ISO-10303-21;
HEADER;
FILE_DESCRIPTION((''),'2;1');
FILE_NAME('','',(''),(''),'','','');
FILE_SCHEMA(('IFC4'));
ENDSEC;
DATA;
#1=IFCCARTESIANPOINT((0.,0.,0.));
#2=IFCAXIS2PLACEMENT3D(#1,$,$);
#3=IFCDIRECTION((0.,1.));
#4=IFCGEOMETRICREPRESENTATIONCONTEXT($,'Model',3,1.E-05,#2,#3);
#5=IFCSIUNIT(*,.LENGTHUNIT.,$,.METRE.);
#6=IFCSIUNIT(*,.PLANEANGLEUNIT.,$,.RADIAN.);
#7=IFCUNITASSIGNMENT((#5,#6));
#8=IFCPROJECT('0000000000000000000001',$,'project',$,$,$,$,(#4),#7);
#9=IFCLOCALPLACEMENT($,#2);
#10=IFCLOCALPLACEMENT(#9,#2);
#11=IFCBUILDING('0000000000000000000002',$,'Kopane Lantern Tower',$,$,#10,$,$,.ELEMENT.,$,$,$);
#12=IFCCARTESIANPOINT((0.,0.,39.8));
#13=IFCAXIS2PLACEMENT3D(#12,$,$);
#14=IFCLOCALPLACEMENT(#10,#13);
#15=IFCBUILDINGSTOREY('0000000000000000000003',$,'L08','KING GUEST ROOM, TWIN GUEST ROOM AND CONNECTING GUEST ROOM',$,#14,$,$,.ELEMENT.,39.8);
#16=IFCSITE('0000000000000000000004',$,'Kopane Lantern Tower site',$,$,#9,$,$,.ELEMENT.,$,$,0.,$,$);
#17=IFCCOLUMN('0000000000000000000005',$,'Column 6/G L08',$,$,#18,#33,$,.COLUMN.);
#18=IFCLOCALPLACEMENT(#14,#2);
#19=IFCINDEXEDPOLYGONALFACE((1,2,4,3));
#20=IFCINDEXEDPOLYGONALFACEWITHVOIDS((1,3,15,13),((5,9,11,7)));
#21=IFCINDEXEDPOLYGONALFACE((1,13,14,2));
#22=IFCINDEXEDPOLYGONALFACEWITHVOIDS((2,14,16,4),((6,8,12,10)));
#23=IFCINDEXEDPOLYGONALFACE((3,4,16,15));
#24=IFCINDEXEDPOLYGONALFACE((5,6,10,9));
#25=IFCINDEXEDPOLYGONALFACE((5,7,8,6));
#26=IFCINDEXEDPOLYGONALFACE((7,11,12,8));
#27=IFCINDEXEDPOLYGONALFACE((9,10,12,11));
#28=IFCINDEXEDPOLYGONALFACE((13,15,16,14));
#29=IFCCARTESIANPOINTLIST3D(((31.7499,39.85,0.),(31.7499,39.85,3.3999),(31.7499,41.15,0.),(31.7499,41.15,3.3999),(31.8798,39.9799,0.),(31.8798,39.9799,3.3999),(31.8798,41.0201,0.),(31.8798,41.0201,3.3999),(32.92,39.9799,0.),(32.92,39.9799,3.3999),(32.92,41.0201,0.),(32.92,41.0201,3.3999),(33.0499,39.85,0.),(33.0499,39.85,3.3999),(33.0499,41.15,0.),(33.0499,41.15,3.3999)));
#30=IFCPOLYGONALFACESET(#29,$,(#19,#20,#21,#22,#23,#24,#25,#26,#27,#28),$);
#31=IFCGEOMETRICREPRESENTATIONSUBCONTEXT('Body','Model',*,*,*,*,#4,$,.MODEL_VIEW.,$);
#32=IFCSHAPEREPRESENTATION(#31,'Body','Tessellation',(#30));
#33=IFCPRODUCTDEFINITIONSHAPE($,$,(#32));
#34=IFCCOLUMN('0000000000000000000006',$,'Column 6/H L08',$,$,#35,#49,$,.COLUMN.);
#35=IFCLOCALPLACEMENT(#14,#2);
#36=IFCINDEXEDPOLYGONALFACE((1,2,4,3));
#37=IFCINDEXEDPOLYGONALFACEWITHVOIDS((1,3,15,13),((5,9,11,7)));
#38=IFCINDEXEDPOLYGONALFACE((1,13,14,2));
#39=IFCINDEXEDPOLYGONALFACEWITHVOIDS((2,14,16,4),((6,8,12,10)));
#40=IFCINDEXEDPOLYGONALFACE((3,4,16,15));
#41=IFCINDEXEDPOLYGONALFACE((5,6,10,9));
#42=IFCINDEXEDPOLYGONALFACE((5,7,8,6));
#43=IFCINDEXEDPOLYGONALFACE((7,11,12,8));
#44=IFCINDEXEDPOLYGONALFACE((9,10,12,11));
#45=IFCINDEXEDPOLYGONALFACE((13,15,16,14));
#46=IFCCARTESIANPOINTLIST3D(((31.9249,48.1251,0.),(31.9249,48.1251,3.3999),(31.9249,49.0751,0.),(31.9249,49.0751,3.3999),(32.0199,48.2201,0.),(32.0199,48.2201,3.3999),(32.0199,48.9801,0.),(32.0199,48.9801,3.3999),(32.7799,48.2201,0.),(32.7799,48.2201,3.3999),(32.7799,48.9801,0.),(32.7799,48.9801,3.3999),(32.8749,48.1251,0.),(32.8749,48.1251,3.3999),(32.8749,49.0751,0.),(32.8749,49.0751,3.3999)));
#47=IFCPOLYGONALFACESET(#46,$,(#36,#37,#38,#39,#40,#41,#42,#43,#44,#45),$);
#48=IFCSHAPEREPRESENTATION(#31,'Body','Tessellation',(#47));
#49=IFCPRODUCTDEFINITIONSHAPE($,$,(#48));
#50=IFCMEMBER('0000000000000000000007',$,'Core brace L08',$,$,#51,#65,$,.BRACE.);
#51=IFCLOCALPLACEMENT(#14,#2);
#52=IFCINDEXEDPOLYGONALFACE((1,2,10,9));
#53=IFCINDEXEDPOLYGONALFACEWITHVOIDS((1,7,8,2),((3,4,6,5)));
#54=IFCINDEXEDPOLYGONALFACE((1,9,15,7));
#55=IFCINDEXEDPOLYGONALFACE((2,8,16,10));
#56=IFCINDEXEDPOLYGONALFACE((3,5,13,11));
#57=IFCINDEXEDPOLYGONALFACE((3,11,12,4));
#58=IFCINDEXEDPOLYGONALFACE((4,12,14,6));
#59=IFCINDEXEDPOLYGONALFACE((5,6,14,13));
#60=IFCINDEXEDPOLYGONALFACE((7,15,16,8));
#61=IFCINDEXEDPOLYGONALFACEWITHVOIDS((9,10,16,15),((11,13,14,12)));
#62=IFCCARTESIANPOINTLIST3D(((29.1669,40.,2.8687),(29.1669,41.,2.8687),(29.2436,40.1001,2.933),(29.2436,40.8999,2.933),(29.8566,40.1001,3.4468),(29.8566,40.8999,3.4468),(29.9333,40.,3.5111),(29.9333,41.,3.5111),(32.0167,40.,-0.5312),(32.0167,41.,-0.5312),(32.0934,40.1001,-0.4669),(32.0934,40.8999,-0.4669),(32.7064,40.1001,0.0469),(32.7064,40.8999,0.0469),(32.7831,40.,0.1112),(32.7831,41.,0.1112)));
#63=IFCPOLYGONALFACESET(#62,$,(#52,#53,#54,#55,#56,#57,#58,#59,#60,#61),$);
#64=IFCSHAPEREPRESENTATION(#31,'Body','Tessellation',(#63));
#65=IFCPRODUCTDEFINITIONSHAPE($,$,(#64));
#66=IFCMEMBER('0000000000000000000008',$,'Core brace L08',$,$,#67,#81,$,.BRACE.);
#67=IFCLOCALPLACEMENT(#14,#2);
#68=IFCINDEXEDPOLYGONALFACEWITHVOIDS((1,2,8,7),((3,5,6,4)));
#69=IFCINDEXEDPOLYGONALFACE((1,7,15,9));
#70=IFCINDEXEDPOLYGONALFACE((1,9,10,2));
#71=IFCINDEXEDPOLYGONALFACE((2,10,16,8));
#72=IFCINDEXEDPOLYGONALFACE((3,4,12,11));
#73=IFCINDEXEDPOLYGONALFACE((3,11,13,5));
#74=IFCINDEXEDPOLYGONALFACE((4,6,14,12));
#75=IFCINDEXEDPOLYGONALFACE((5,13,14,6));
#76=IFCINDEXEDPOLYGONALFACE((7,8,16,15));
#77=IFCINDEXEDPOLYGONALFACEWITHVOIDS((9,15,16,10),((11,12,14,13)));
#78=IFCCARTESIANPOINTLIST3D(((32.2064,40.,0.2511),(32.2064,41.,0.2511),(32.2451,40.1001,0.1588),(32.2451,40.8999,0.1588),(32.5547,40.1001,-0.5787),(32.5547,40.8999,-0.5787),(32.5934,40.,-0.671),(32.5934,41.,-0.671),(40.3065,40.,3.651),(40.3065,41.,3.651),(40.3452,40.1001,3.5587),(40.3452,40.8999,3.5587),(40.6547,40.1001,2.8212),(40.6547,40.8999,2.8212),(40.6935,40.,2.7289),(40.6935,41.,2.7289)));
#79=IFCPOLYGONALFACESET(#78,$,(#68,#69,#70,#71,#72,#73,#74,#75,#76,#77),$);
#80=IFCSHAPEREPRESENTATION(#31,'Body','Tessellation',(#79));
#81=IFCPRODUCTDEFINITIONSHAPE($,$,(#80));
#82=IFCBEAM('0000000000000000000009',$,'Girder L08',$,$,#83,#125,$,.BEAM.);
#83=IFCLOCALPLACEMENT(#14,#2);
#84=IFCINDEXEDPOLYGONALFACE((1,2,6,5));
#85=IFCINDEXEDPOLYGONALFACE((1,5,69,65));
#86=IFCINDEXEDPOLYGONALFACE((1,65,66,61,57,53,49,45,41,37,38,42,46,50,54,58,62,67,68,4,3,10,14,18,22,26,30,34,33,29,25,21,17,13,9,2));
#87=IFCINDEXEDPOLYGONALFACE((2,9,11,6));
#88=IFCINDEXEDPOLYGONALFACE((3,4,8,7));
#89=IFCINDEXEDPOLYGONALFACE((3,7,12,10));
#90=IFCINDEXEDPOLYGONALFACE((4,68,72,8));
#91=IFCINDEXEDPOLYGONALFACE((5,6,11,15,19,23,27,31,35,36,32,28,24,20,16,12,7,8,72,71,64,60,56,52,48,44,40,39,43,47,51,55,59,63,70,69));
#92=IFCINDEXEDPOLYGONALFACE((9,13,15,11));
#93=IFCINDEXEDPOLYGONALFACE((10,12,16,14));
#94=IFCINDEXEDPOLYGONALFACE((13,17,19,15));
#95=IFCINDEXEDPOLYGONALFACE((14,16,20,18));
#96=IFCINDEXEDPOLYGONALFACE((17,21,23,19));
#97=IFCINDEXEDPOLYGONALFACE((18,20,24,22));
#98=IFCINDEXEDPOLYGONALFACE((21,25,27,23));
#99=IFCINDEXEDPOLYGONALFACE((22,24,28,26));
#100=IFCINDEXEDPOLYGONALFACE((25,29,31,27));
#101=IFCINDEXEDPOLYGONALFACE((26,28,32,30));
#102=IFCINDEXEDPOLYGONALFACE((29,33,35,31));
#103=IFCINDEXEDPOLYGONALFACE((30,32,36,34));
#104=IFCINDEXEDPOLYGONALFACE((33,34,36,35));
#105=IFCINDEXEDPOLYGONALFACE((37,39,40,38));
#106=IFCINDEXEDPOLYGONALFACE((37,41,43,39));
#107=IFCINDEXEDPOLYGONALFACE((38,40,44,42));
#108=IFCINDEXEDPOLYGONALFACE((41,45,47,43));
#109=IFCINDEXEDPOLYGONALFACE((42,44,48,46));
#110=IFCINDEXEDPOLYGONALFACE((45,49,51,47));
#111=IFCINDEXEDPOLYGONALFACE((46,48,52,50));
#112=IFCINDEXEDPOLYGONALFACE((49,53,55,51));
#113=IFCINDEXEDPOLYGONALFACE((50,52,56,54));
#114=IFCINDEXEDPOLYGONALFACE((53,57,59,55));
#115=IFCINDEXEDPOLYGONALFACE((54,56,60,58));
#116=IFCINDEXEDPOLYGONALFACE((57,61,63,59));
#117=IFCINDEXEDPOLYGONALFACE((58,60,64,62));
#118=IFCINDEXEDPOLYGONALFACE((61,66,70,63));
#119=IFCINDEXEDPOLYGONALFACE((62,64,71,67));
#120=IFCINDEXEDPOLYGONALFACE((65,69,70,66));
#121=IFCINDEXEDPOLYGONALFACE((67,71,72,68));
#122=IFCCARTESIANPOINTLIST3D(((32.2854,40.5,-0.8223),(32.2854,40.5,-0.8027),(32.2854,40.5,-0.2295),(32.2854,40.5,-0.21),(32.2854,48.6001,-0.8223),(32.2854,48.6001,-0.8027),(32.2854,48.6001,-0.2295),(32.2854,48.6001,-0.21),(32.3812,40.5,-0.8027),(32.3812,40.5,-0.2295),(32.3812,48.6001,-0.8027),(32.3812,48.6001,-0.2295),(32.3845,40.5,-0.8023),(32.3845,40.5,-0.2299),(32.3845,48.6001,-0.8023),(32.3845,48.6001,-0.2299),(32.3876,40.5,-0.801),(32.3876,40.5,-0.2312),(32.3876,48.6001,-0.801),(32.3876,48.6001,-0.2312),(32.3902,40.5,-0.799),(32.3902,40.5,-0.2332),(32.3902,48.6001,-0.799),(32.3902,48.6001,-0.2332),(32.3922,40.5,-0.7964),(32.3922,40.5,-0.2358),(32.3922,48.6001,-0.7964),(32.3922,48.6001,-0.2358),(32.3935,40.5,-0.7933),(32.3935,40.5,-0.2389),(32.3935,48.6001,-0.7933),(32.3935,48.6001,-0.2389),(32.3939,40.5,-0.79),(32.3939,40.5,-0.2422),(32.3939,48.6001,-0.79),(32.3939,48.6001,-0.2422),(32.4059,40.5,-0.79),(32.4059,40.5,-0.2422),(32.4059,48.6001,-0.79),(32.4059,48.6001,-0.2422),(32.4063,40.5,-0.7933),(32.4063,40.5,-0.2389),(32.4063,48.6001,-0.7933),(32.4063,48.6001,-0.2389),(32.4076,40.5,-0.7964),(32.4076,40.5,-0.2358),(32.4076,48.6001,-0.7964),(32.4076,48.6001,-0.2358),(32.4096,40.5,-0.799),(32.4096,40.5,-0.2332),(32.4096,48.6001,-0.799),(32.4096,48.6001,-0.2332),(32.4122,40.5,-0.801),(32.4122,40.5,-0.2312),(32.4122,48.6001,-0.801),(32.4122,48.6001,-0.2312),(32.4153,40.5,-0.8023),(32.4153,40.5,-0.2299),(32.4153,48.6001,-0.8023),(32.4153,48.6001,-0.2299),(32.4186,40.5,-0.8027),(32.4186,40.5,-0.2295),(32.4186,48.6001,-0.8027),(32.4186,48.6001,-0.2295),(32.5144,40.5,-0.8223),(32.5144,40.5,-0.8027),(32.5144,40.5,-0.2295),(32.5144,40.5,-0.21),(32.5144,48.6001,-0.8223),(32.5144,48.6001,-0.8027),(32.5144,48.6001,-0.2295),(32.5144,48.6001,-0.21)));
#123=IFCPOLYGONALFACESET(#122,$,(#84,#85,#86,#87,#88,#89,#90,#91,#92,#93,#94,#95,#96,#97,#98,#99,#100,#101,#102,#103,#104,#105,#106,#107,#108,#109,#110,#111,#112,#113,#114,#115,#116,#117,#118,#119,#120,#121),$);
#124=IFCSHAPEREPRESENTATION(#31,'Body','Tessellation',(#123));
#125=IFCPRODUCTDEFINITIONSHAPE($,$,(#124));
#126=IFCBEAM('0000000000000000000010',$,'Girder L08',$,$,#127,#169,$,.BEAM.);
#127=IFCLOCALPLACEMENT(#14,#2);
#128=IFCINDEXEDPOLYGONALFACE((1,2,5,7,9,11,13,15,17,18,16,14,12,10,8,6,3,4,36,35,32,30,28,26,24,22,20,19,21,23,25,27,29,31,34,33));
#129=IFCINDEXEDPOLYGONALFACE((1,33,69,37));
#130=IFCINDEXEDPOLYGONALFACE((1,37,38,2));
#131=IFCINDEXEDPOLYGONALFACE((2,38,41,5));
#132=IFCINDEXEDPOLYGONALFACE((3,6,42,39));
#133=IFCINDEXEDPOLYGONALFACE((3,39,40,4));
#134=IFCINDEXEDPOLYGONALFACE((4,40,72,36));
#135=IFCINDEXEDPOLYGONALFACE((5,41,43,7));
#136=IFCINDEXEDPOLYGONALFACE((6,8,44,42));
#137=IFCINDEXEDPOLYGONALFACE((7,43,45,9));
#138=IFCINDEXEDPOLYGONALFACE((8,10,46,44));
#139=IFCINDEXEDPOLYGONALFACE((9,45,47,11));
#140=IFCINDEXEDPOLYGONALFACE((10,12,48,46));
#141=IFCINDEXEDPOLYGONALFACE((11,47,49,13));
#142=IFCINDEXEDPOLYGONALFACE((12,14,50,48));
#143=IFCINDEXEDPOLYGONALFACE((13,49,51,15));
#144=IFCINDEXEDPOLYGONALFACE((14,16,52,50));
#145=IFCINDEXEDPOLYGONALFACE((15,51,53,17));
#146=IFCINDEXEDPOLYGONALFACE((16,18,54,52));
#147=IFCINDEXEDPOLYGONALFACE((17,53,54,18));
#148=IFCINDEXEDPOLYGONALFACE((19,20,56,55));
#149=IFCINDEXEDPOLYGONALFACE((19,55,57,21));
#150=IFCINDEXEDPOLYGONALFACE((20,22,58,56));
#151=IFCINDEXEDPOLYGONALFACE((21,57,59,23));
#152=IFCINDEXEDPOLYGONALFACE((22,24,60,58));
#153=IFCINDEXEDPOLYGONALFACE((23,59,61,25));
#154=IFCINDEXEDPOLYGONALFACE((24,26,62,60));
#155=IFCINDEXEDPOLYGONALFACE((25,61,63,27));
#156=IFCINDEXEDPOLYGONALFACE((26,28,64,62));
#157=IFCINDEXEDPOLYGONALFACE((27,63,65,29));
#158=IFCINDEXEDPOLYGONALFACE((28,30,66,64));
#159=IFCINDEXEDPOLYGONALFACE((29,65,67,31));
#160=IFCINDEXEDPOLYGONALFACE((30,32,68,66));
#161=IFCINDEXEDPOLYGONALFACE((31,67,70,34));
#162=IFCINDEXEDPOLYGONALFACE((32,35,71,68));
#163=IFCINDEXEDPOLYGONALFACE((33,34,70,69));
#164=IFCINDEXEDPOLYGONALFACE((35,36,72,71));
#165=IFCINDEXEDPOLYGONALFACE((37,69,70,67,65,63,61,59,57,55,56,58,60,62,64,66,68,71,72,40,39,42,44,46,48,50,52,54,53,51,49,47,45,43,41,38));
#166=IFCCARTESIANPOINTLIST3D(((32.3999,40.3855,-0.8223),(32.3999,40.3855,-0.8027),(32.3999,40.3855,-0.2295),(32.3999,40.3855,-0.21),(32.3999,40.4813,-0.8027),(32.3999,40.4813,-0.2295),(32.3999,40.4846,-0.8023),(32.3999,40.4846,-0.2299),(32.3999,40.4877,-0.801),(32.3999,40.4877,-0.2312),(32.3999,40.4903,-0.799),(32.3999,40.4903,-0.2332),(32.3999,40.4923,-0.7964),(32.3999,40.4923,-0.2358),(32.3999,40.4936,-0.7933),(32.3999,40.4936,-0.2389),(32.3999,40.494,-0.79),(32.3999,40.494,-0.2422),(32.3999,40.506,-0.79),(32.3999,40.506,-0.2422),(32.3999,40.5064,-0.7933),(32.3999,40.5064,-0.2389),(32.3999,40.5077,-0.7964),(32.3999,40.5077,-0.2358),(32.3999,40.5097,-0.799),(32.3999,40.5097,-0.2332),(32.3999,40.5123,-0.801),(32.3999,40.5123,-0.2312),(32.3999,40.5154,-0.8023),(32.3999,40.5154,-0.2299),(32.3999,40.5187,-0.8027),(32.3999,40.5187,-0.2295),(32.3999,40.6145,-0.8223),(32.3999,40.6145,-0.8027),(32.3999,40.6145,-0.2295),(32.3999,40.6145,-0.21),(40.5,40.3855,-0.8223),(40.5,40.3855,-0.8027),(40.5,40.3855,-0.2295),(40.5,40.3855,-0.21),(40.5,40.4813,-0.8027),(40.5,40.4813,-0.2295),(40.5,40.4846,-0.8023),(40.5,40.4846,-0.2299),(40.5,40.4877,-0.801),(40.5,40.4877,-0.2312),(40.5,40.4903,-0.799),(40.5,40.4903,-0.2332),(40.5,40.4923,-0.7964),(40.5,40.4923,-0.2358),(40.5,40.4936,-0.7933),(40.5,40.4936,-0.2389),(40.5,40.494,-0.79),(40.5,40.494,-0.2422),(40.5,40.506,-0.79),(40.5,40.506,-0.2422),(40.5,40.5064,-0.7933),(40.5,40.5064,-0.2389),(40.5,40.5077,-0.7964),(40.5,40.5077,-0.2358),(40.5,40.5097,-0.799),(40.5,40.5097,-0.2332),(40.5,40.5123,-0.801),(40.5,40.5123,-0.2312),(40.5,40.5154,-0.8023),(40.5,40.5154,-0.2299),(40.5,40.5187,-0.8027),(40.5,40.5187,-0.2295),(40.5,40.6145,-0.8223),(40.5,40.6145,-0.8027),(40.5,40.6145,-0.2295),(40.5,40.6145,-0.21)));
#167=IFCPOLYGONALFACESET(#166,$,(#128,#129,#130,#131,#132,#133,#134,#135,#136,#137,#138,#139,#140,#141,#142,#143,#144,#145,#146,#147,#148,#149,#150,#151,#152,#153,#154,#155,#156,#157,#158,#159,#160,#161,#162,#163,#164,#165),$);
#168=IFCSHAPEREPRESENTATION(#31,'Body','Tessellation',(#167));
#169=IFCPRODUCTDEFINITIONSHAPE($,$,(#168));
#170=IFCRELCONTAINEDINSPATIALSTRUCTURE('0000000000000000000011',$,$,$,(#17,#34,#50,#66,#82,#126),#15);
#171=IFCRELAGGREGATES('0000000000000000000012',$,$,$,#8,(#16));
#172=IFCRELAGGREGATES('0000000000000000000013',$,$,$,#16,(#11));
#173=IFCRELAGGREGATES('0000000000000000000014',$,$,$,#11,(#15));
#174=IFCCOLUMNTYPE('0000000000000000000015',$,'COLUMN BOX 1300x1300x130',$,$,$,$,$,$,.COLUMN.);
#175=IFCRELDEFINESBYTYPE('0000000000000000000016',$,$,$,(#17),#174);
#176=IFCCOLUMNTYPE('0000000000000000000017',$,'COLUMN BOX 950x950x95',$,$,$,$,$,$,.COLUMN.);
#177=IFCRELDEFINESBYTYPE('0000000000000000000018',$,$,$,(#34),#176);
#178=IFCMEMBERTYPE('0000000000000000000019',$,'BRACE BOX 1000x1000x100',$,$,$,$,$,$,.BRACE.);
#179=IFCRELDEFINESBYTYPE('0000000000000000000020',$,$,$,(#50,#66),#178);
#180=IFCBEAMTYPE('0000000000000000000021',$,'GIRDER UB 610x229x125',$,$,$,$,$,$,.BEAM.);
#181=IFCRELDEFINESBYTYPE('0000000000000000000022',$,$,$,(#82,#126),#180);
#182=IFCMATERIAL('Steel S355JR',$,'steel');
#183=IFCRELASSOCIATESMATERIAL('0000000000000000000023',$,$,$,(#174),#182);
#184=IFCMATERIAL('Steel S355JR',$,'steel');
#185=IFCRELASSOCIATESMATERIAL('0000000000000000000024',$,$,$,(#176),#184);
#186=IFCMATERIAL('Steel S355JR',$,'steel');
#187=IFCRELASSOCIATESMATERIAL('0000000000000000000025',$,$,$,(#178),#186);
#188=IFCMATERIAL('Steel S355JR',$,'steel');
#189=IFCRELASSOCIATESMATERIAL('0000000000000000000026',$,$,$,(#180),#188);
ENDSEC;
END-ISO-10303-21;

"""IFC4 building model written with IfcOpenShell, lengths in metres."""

from ifc_helpers import new_model, si_unit, direction, frame, origin, origin_2d, place, context, subcontext, project, spatial, hollow_rectangle, i_section, extrude, material, material_profile, profile_set, type_object, element, save


model = new_model("IFC4")

# Units and contexts
model_context = context("Model", 3, precision=1e-05, world=origin(), true_north=direction((0.0, 1.0)))
body_context = subcontext(model_context, "Body", "Model", "MODEL_VIEW")
ifc_project = project(units=[si_unit("LENGTHUNIT", "METRE"), si_unit("PLANEANGLEUNIT", "RADIAN")], contexts=[model_context])

# Site, building, storey
site_placement = place(None, origin())
site = spatial("IfcSite", under=ifc_project, at=site_placement, Name="Kopane Lantern Tower site", CompositionType="ELEMENT", RefElevation=0.0)
building_placement = place(site_placement, origin())
building = spatial("IfcBuilding", under=site, at=building_placement, Name="Kopane Lantern Tower", CompositionType="ELEMENT")
storey_placement = place(building_placement, frame((0.0, 0.0, 39.8)))
storey = spatial("IfcBuildingStorey", under=building, at=storey_placement, Name="L08", Description="KING GUEST ROOM, TWIN GUEST ROOM AND CONNECTING GUEST ROOM", CompositionType="ELEMENT", Elevation=39.8)

# Columns
ifc_material_1 = material(Name="Steel S355JR", Category="steel")
ifc_material_profile_1 = material_profile(ifc_material_1, hollow_rectangle(XDim=1.3, YDim=1.3, WallThickness=0.1299, at=origin_2d()), Name="BOX 1300x1300x130")
ifc_profile_set_1 = profile_set([ifc_material_profile_1], Name="Steel S355JR")
column_type_1 = type_object("IfcColumnType", Name="COLUMN BOX 1300x1300x130", PredefinedType="COLUMN", material=ifc_profile_set_1)
column_1_placement = place(storey_placement, frame((32.3999, 40.5, 0.0), z_axis=(0.0, 0.0, 1.0), x_axis=(1.0, 0.0, 0.0)))
element("IfcColumn", 1, at=column_1_placement, inside=storey, type_object=column_type_1, Name="Column 6/G L08", PredefinedType="COLUMN", context=body_context, shape_type="SweptSolid", body=[
    extrude(hollow_rectangle(XDim=1.3, YDim=1.3, WallThickness=0.1299, at=origin_2d()), origin(), (0.0, 0.0, 1.0), 3.3999),
])
ifc_material_2 = material(Name="Steel S355JR", Category="steel")
ifc_material_profile_2 = material_profile(ifc_material_2, hollow_rectangle(XDim=0.95, YDim=0.95, WallThickness=0.095, at=origin_2d()), Name="BOX 950x950x95")
ifc_profile_set_2 = profile_set([ifc_material_profile_2], Name="Steel S355JR")
column_type_2 = type_object("IfcColumnType", Name="COLUMN BOX 950x950x95", PredefinedType="COLUMN", material=ifc_profile_set_2)
column_2_placement = place(storey_placement, frame((32.3999, 48.6001, 0.0), z_axis=(0.0, 0.0, 1.0), x_axis=(1.0, 0.0, 0.0)))
element("IfcColumn", 2, at=column_2_placement, inside=storey, type_object=column_type_2, Name="Column 6/H L08", PredefinedType="COLUMN", context=body_context, shape_type="SweptSolid", body=[
    extrude(hollow_rectangle(XDim=0.95, YDim=0.95, WallThickness=0.095, at=origin_2d()), origin(), (0.0, 0.0, 1.0), 3.3999),
])

# Members
ifc_material_3 = material(Name="Steel S355JR", Category="steel")
ifc_material_profile_3 = material_profile(ifc_material_3, hollow_rectangle(XDim=1.0, YDim=1.0, WallThickness=0.1001, at=origin_2d()), Name="BOX 1000x1000x100")
ifc_profile_set_3 = profile_set([ifc_material_profile_3], Name="Steel S355JR")
member_type = type_object("IfcMemberType", Name="BRACE BOX 1000x1000x100", PredefinedType="BRACE", material=ifc_profile_set_3)
member_1_placement = place(storey_placement, frame((32.3999, 40.5, -0.21), z_axis=(-0.64239, 0.0, 0.766378), x_axis=(0.0, -1.0, 0.0)))
element("IfcMember", 3, at=member_1_placement, inside=storey, type_object=member_type, Name="Core brace L08", PredefinedType="BRACE", context=body_context, shape_type="SweptSolid", body=[
    extrude(hollow_rectangle(XDim=1.0, YDim=1.0, WallThickness=0.1001, at=origin_2d()), origin(), (0.0, 0.0, 1.0), 4.4363),
])
member_2_placement = place(storey_placement, frame((32.3999, 40.5, -0.21), z_axis=(0.922069, 0.0, 0.387026), x_axis=(0.0, 1.0, 0.0)))
element("IfcMember", 4, at=member_2_placement, inside=storey, type_object=member_type, Name="Core brace L08", PredefinedType="BRACE", context=body_context, shape_type="SweptSolid", body=[
    extrude(hollow_rectangle(XDim=1.0, YDim=1.0, WallThickness=0.1001, at=origin_2d()), origin(), (0.0, 0.0, 1.0), 8.7847),
])

# Beams
ifc_material_4 = material(Name="Steel S355JR", Category="steel")
ifc_material_profile_4 = material_profile(ifc_material_4, i_section(OverallWidth=0.229, OverallDepth=0.6123, WebThickness=0.012, FlangeThickness=0.0195, FilletRadius=0.0127, at=origin_2d()), Name="UB 610x229x125")
ifc_profile_set_4 = profile_set([ifc_material_profile_4], Name="Steel S355JR")
beam_type = type_object("IfcBeamType", Name="GIRDER UB 610x229x125", PredefinedType="BEAM", material=ifc_profile_set_4)
for number, where, z_axis, x_axis, name in (
    (5, (32.3999, 40.5, -0.5161), (0.0, 1.0, 0.0), (-1.0, 0.0, 0.0), "Girder L08"),
    (6, (32.3999, 40.5, -0.5161), (1.0, 0.0, 0.0), (0.0, 1.0, 0.0), "Girder L08"),
):
    element("IfcBeam", number, at=place(storey_placement, frame(where, z_axis=z_axis, x_axis=x_axis)), inside=storey, type_object=beam_type, Name=name, PredefinedType="BEAM", context=body_context, shape_type="SweptSolid", body=[
        extrude(i_section(OverallWidth=0.229, OverallDepth=0.6123, WebThickness=0.012, FlangeThickness=0.0195, FilletRadius=0.0127, at=origin_2d()), origin(), (0.0, 0.0, 1.0), 8.1001),
    ])

save(model, "model.ifc")
